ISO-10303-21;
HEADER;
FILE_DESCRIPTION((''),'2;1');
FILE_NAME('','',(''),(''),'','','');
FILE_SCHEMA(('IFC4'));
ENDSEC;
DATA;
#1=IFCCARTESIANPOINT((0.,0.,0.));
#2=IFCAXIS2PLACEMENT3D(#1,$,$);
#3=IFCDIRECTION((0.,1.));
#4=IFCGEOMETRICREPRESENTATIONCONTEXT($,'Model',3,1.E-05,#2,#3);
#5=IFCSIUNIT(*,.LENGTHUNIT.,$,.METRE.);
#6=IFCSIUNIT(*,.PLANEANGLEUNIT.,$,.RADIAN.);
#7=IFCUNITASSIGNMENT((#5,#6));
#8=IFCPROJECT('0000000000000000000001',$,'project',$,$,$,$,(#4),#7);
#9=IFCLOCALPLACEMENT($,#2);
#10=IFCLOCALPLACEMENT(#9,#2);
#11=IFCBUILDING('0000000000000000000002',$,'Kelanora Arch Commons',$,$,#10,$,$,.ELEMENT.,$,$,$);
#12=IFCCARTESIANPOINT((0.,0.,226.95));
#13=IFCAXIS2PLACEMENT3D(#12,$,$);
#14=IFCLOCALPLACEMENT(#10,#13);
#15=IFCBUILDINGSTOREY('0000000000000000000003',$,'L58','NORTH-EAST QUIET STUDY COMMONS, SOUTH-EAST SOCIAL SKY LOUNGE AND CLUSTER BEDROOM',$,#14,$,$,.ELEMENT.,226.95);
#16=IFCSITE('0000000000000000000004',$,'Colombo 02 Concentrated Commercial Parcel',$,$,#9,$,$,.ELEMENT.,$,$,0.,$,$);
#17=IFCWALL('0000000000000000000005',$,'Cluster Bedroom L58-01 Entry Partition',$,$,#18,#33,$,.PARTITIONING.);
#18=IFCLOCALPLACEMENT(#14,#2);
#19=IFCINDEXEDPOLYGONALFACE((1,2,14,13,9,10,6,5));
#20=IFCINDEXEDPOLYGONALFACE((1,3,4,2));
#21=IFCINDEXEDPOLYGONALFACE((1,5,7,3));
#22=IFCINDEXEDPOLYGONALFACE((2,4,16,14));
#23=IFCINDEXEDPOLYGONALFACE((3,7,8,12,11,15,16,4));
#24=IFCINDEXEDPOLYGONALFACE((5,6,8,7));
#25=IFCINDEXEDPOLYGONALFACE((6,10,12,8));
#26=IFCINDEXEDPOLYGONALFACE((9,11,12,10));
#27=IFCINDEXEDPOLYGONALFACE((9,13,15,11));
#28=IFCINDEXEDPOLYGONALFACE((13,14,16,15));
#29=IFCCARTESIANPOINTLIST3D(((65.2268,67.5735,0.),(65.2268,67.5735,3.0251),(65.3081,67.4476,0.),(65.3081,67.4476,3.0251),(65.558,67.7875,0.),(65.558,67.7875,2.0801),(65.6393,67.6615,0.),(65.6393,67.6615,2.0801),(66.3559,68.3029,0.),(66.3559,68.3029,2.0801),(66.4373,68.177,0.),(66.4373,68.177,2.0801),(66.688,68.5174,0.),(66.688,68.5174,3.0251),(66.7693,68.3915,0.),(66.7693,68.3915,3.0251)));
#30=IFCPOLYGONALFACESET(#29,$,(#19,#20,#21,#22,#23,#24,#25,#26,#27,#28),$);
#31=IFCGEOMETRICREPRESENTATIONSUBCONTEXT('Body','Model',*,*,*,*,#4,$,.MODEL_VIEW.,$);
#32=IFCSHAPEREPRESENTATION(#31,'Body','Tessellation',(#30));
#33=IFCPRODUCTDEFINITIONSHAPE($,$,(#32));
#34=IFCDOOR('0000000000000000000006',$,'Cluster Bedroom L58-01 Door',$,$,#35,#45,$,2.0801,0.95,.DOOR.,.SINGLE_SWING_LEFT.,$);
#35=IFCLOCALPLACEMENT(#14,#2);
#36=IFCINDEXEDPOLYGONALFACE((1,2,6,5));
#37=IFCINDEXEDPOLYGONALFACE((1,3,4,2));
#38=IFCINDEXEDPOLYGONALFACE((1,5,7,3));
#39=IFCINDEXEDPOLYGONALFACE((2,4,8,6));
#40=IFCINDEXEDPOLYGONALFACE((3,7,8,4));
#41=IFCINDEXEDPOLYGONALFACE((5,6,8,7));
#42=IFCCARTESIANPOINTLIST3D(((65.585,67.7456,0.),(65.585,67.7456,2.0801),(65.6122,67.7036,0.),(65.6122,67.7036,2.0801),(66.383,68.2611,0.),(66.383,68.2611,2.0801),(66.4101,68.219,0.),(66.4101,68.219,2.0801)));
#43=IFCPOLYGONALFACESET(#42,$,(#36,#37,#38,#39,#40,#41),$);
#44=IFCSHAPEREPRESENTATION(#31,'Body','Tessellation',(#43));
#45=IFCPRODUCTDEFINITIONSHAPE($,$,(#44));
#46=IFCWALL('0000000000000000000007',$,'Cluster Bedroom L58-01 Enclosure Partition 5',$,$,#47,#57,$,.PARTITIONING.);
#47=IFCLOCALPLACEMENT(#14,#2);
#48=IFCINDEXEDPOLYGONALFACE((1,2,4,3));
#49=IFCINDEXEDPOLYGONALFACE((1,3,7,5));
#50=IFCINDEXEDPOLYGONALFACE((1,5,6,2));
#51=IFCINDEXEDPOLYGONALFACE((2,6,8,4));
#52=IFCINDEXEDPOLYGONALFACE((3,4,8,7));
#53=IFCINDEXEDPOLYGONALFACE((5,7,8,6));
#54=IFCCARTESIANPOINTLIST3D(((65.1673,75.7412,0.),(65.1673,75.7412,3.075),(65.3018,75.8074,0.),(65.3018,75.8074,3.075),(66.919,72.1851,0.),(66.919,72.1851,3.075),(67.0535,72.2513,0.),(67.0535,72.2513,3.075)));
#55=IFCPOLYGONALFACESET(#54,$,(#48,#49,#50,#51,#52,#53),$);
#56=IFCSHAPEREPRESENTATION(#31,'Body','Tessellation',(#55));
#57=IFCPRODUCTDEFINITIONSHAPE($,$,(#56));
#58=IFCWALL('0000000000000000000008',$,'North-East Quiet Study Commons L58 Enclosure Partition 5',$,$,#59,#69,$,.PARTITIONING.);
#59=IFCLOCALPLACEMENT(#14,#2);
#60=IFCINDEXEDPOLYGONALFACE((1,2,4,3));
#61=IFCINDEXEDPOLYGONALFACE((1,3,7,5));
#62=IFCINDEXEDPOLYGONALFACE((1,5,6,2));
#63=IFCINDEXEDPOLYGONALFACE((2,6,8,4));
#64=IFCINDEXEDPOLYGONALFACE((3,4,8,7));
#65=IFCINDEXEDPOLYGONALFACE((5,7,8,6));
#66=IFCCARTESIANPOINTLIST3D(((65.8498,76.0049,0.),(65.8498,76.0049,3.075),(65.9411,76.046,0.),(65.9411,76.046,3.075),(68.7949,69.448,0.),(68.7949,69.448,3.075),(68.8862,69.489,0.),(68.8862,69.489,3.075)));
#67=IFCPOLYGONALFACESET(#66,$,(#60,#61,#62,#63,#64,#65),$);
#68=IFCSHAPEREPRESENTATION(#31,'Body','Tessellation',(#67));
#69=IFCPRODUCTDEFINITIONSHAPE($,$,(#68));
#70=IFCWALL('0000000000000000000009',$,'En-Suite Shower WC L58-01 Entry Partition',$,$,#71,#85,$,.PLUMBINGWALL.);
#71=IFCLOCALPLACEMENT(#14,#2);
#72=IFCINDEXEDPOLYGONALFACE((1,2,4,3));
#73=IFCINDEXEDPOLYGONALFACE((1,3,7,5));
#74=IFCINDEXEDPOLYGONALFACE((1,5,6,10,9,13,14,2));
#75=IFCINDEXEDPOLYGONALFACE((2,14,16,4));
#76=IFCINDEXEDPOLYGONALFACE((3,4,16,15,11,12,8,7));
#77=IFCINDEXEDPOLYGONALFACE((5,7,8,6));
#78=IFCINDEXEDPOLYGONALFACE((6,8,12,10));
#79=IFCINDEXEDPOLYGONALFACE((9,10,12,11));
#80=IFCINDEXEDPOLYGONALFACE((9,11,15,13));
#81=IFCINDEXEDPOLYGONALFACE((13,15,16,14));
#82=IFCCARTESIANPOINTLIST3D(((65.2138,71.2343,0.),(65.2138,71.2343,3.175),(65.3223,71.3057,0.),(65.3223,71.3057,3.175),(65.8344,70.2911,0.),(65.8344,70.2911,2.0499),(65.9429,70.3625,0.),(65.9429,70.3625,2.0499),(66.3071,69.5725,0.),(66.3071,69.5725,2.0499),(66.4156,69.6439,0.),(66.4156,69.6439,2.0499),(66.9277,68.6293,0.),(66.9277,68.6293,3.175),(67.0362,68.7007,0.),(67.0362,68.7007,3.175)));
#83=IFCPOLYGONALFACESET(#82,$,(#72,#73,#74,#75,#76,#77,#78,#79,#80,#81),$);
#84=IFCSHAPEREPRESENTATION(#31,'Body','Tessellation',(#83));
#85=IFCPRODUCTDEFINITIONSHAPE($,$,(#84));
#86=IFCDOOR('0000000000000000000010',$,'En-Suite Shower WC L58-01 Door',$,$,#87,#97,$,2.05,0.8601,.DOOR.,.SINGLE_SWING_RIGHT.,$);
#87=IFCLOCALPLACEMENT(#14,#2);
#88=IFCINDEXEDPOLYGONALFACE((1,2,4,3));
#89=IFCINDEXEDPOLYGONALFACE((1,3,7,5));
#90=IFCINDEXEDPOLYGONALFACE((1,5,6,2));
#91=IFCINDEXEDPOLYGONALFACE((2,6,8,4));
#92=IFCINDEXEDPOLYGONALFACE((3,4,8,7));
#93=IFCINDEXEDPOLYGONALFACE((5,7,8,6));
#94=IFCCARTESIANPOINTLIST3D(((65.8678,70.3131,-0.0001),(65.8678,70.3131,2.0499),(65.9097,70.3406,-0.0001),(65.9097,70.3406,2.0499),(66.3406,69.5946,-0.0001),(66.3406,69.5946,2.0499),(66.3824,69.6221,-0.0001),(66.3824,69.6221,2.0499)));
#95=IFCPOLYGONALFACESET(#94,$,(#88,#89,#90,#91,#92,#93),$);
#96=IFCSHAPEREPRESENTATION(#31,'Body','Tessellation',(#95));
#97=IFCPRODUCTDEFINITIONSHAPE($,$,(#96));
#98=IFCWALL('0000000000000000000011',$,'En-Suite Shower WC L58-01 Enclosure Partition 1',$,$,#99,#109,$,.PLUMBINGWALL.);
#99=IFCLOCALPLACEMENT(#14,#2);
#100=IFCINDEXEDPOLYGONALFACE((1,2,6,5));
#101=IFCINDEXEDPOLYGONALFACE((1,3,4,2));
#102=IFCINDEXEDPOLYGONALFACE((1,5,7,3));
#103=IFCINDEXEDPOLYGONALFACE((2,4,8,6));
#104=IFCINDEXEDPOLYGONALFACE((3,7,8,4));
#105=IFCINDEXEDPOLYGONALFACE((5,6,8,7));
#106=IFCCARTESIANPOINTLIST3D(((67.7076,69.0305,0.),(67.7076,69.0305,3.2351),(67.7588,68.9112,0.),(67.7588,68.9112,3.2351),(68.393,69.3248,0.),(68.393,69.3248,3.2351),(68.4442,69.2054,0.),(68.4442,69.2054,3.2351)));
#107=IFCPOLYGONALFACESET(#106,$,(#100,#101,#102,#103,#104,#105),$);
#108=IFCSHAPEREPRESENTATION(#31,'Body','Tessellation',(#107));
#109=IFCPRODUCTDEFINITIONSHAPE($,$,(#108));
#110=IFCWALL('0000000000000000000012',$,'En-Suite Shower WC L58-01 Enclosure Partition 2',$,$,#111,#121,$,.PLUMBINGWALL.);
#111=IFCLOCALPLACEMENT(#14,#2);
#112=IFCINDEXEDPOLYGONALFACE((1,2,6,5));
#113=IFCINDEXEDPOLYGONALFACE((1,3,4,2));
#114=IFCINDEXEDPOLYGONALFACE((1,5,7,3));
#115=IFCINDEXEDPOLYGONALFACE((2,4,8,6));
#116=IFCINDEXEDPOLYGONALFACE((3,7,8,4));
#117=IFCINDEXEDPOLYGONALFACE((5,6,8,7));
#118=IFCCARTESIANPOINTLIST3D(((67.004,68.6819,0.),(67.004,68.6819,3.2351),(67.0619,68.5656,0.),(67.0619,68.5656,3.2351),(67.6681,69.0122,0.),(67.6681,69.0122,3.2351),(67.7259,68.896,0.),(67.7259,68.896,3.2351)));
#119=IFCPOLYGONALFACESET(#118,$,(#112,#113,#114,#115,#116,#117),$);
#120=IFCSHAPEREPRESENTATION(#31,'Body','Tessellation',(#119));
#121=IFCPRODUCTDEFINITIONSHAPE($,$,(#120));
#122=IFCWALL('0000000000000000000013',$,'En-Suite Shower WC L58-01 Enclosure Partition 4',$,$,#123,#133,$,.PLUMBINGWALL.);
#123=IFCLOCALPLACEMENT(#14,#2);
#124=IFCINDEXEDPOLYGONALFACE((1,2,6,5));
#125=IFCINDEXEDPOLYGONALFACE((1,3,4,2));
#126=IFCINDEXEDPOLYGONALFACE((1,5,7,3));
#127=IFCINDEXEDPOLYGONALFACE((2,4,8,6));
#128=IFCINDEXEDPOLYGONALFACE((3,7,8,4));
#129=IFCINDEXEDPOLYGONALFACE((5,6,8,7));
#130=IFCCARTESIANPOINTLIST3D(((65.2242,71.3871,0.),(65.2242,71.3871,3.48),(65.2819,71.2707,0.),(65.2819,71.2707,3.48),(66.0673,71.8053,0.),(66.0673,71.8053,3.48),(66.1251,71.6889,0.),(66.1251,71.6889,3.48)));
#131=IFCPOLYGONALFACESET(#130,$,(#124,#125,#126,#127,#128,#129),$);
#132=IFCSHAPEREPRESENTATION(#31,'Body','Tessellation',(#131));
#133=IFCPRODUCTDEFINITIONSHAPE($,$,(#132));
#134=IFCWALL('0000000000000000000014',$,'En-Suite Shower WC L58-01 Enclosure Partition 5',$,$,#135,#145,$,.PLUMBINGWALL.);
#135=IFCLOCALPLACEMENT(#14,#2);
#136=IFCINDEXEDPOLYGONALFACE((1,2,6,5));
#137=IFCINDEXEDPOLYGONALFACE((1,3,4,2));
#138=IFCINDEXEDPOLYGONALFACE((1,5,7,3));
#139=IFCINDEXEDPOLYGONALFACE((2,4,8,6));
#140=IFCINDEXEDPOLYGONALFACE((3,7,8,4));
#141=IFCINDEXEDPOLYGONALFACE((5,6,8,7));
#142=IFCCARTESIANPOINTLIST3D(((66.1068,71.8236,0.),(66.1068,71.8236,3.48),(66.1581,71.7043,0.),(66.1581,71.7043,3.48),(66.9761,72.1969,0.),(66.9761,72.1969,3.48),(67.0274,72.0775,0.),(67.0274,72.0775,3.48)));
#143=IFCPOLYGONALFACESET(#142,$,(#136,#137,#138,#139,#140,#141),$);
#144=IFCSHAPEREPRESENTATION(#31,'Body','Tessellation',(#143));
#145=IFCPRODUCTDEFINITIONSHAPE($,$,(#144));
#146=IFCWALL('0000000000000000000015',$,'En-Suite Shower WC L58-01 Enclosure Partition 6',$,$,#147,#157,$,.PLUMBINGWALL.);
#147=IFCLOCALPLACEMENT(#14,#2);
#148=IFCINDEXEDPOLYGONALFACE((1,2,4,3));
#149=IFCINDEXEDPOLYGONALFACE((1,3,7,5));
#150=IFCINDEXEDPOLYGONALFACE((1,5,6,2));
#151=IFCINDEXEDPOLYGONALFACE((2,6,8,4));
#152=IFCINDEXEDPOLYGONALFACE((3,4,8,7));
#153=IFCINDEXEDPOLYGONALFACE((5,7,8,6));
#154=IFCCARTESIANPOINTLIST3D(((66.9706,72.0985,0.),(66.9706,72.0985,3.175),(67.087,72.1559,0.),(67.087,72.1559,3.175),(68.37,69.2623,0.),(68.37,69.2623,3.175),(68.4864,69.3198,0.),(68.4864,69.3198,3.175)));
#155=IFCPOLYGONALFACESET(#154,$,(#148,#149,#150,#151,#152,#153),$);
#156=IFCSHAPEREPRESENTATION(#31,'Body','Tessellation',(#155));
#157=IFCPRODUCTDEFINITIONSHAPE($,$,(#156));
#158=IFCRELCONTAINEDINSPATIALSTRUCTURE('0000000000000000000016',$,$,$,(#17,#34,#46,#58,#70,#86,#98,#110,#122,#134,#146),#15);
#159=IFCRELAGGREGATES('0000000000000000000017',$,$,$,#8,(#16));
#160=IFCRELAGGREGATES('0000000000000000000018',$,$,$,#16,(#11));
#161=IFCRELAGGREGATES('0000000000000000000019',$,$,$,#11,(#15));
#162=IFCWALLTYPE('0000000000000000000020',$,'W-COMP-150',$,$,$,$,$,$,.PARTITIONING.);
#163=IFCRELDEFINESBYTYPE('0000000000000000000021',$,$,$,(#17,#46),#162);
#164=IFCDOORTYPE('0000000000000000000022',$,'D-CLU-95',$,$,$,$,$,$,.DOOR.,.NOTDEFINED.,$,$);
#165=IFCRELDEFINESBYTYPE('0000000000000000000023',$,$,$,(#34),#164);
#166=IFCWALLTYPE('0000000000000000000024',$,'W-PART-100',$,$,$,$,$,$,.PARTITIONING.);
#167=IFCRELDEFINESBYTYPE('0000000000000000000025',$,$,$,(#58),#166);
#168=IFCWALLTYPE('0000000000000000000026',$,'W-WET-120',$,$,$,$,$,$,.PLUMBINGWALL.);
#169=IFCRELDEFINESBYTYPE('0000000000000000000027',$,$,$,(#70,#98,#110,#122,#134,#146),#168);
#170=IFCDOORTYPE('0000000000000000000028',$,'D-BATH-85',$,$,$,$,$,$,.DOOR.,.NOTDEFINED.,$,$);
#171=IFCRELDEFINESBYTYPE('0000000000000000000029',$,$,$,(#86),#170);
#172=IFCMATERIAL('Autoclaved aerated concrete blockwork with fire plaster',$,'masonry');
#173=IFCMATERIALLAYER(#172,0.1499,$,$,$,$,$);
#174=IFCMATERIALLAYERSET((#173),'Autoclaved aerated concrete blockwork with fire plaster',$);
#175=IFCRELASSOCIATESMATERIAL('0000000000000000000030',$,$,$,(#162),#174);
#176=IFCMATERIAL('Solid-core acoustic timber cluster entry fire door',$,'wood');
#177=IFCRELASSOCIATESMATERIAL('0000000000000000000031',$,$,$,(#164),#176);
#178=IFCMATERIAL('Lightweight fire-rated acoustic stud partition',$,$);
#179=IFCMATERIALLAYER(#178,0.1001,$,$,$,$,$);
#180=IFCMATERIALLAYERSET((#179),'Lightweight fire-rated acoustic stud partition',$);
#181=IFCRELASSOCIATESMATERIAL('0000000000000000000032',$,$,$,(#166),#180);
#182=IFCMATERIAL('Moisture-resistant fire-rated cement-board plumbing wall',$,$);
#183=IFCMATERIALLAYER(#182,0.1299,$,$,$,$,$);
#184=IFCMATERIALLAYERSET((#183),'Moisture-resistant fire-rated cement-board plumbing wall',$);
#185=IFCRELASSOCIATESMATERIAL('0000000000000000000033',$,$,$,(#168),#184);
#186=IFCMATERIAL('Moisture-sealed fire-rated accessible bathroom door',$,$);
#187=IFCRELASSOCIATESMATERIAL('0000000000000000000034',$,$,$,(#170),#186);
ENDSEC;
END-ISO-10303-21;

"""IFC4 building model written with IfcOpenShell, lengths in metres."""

from ifc_helpers import new_model, si_unit, direction, frame, frame_2d, origin, place, context, subcontext, project, spatial, rectangle, extrude, material, layer, layer_set, type_object, element, fill, save


model = new_model("IFC4")

# Units and contexts
model_context = context("Model", 3, precision=1e-05, world=origin(), true_north=direction((0.0, 1.0)))
body_context = subcontext(model_context, "Body", "Model", "MODEL_VIEW")
ifc_project = project(units=[si_unit("LENGTHUNIT", "METRE"), si_unit("PLANEANGLEUNIT", "RADIAN")], contexts=[model_context])

# Site, building, storey
site_placement = place(None, origin())
site = spatial("IfcSite", under=ifc_project, at=site_placement, Name="Colombo 02 Concentrated Commercial Parcel", CompositionType="ELEMENT", RefElevation=0.0)
building_placement = place(site_placement, origin())
building = spatial("IfcBuilding", under=site, at=building_placement, Name="Kelanora Arch Commons", CompositionType="ELEMENT")
storey_placement = place(building_placement, frame((0.0, 0.0, 226.95)))
storey = spatial("IfcBuildingStorey", under=building, at=storey_placement, Name="L58", Description="NORTH-EAST QUIET STUDY COMMONS, SOUTH-EAST SOCIAL SKY LOUNGE AND CLUSTER BEDROOM", CompositionType="ELEMENT", Elevation=226.95)

# Wall, opening, door
ifc_material_1 = material(Name="Autoclaved aerated concrete blockwork with fire plaster", Category="masonry")
ifc_layer_1 = layer(ifc_material_1, 0.1499)
ifc_layer_set_1 = layer_set([ifc_layer_1], Name="Autoclaved aerated concrete blockwork with fire plaster")
wall_type_1 = type_object("IfcWallType", Name="W-COMP-150", PredefinedType="PARTITIONING", material=ifc_layer_set_1)
wall_1_placement = place(storey_placement, frame((66.7285, 68.4543, 0.0), z_axis=(0.0, 0.0, 1.0), x_axis=(-0.839995, -0.542594, 0.0)))
wall_1 = element("IfcWall", 1, at=wall_1_placement, inside=storey, type_object=wall_type_1, Name="Cluster Bedroom L58-01 Entry Partition", PredefinedType="PARTITIONING", context=body_context, shape_type="SweptSolid", body=[
    extrude(rectangle(XDim=1.7395, YDim=0.1499, at=frame_2d((0.8696, 0.0))), origin(), (0.0, 0.0, 1.0), 3.0251),
])
opening_1_placement = place(wall_1_placement, frame((0.395, 0.0, 0.0)))
opening_1 = element("IfcOpeningElement", 2, at=opening_1_placement, cuts=wall_1, PredefinedType="OPENING", context=body_context, shape_type="SweptSolid", body=[
    extrude(rectangle(XDim=0.95, YDim=2.0801, at=frame_2d((0.4751, 1.04))), frame((0.0, 0.085, 0.0), z_axis=(0.0, -1.0, 0.0), x_axis=(1.0, 0.0, 0.0)), (0.0, 0.0, 1.0), 0.1699),
])
ifc_material_2 = material(Name="Solid-core acoustic timber cluster entry fire door", Category="wood")
door_type_1 = type_object("IfcDoorType", Name="D-CLU-95", OperationType="NOTDEFINED", PredefinedType="DOOR", material=ifc_material_2)
door_1_placement = place(opening_1_placement, origin())
door_1 = element("IfcDoor", 3, at=door_1_placement, inside=storey, type_object=door_type_1, Name="Cluster Bedroom L58-01 Door", OperationType="SINGLE_SWING_LEFT", OverallHeight=2.0801, OverallWidth=0.95, PredefinedType="DOOR", context=body_context, shape_type="SweptSolid", body=[
    extrude(rectangle(XDim=0.95, YDim=2.0801, at=frame_2d((0.4751, 1.04))), frame((0.0, 0.0249, 0.0), z_axis=(0.0, -1.0, 0.0), x_axis=(1.0, 0.0, 0.0)), (0.0, 0.0, 1.0), 0.05),
])
fill(opening_1, door_1)

# Walls
wall_2_placement = place(storey_placement, frame((65.2346, 75.7742, 0.0), z_axis=(0.0, 0.0, 1.0), x_axis=(0.441885, -0.897072, 0.0)))
element("IfcWall", 4, at=wall_2_placement, inside=storey, type_object=wall_type_1, Name="Cluster Bedroom L58-01 Enclosure Partition 5", PredefinedType="PARTITIONING", context=body_context, shape_type="SweptSolid", body=[
    extrude(rectangle(XDim=3.9641, YDim=0.1499, at=frame_2d((1.9819, 0.0))), origin(), (0.0, 0.0, 1.0), 3.075),
])
ifc_material_3 = material(Name="Lightweight fire-rated acoustic stud partition")
ifc_layer_2 = layer(ifc_material_3, 0.1001)
ifc_layer_set_2 = layer_set([ifc_layer_2], Name="Lightweight fire-rated acoustic stud partition")
wall_type_2 = type_object("IfcWallType", Name="W-PART-100", PredefinedType="PARTITIONING", material=ifc_layer_set_2)
wall_3_placement = place(storey_placement, frame((68.8406, 69.4685, 0.0), z_axis=(0.0, 0.0, 1.0), x_axis=(-0.409725, 0.912209, 0.0)))
element("IfcWall", 5, at=wall_3_placement, inside=storey, type_object=wall_type_2, Name="North-East Quiet Study Commons L58 Enclosure Partition 5", PredefinedType="PARTITIONING", context=body_context, shape_type="SweptSolid", body=[
    extrude(rectangle(XDim=7.188, YDim=0.1001, at=frame_2d((3.594, 0.0))), origin(), (0.0, 0.0, 1.0), 3.075),
])

# Wall, opening, door
ifc_material_4 = material(Name="Moisture-resistant fire-rated cement-board plumbing wall")
ifc_layer_3 = layer(ifc_material_4, 0.1299)
ifc_layer_set_3 = layer_set([ifc_layer_3], Name="Moisture-resistant fire-rated cement-board plumbing wall")
wall_type_3 = type_object("IfcWallType", Name="W-WET-120", PredefinedType="PLUMBINGWALL", material=ifc_layer_set_3)
wall_4_placement = place(storey_placement, frame((66.9819, 68.665, 0.0), z_axis=(0.0, 0.0, 1.0), x_axis=(-0.549631, 0.835408, 0.0)))
wall_4 = element("IfcWall", 6, at=wall_4_placement, inside=storey, type_object=wall_type_3, Name="En-Suite Shower WC L58-01 Entry Partition", PredefinedType="PLUMBINGWALL", context=body_context, shape_type="SweptSolid", body=[
    extrude(rectangle(XDim=3.1182, YDim=0.1299, at=frame_2d((1.5591, 0.0))), origin(), (0.0, 0.0, 1.0), 3.175),
])
opening_2_placement = place(wall_4_placement, frame((1.1289, 0.0, 0.0)))
opening_2 = element("IfcOpeningElement", 7, at=opening_2_placement, cuts=wall_4, PredefinedType="OPENING", context=body_context, shape_type="SweptSolid", body=[
    extrude(rectangle(XDim=0.8601, YDim=2.05, at=frame_2d((0.4302, 1.0249))), frame((0.0, 0.075, 0.0), z_axis=(0.0, -1.0, 0.0), x_axis=(1.0, 0.0, 0.0)), (0.0, 0.0, 1.0), 0.1499),
])
ifc_material_5 = material(Name="Moisture-sealed fire-rated accessible bathroom door")
door_type_2 = type_object("IfcDoorType", Name="D-BATH-85", OperationType="NOTDEFINED", PredefinedType="DOOR", material=ifc_material_5)
door_2_placement = place(opening_2_placement, origin())
door_2 = element("IfcDoor", 8, at=door_2_placement, inside=storey, type_object=door_type_2, Name="En-Suite Shower WC L58-01 Door", OperationType="SINGLE_SWING_RIGHT", OverallHeight=2.05, OverallWidth=0.8601, PredefinedType="DOOR", context=body_context, shape_type="SweptSolid", body=[
    extrude(rectangle(XDim=0.8601, YDim=2.05, at=frame_2d((0.4302, 1.0249))), frame((0.0, 0.0249, 0.0), z_axis=(0.0, -1.0, 0.0), x_axis=(1.0, 0.0, 0.0)), (0.0, 0.0, 1.0), 0.05),
])
fill(opening_2, door_2)

# Walls
wall_5_placement = place(storey_placement, frame((68.4187, 69.2651, 0.0), z_axis=(0.0, 0.0, 1.0), x_axis=(-0.918908, -0.394472, 0.0)))
element("IfcWall", 9, at=wall_5_placement, inside=storey, type_object=wall_type_3, Name="En-Suite Shower WC L58-01 Enclosure Partition 1", PredefinedType="PLUMBINGWALL", context=body_context, shape_type="SweptSolid", body=[
    extrude(rectangle(XDim=0.7458, YDim=0.1299, at=frame_2d((0.373, 0.0))), origin(), (0.0, 0.0, 1.0), 3.2351),
])
wall_6_placement = place(storey_placement, frame((67.697, 68.9541, 0.0), z_axis=(0.0, 0.0, 1.0), x_axis=(-0.895347, -0.445369, 0.0)))
element("IfcWall", 10, at=wall_6_placement, inside=storey, type_object=wall_type_3, Name="En-Suite Shower WC L58-01 Enclosure Partition 2", PredefinedType="PLUMBINGWALL", context=body_context, shape_type="SweptSolid", body=[
    extrude(rectangle(XDim=0.7417, YDim=0.1299, at=frame_2d((0.3708, 0.0))), origin(), (0.0, 0.0, 1.0), 3.2351),
])
wall_7_placement = place(storey_placement, frame((65.2529, 71.3289, 0.0), z_axis=(0.0, 0.0, 1.0), x_axis=(0.895875, 0.444306, 0.0)))
element("IfcWall", 11, at=wall_7_placement, inside=storey, type_object=wall_type_3, Name="En-Suite Shower WC L58-01 Enclosure Partition 4", PredefinedType="PLUMBINGWALL", context=body_context, shape_type="SweptSolid", body=[
    extrude(rectangle(XDim=0.9412, YDim=0.1299, at=frame_2d((0.4707, 0.0))), origin(), (0.0, 0.0, 1.0), 3.48),
])
wall_8_placement = place(storey_placement, frame((66.1323, 71.7639, 0.0), z_axis=(0.0, 0.0, 1.0), x_axis=(0.918878, 0.394542, 0.0)))
element("IfcWall", 12, at=wall_8_placement, inside=storey, type_object=wall_type_3, Name="En-Suite Shower WC L58-01 Enclosure Partition 5", PredefinedType="PLUMBINGWALL", context=body_context, shape_type="SweptSolid", body=[
    extrude(rectangle(XDim=0.946, YDim=0.1299, at=frame_2d((0.4731, 0.0))), origin(), (0.0, 0.0, 1.0), 3.48),
])
wall_9_placement = place(storey_placement, frame((67.0288, 72.1272, 0.0), z_axis=(0.0, 0.0, 1.0), x_axis=(0.442483, -0.896777, 0.0)))
element("IfcWall", 13, at=wall_9_placement, inside=storey, type_object=wall_type_3, Name="En-Suite Shower WC L58-01 Enclosure Partition 6", PredefinedType="PLUMBINGWALL", context=body_context, shape_type="SweptSolid", body=[
    extrude(rectangle(XDim=3.1626, YDim=0.1299, at=frame_2d((1.5813, 0.0))), origin(), (0.0, 0.0, 1.0), 3.175),
])

save(model, "model.ifc")
